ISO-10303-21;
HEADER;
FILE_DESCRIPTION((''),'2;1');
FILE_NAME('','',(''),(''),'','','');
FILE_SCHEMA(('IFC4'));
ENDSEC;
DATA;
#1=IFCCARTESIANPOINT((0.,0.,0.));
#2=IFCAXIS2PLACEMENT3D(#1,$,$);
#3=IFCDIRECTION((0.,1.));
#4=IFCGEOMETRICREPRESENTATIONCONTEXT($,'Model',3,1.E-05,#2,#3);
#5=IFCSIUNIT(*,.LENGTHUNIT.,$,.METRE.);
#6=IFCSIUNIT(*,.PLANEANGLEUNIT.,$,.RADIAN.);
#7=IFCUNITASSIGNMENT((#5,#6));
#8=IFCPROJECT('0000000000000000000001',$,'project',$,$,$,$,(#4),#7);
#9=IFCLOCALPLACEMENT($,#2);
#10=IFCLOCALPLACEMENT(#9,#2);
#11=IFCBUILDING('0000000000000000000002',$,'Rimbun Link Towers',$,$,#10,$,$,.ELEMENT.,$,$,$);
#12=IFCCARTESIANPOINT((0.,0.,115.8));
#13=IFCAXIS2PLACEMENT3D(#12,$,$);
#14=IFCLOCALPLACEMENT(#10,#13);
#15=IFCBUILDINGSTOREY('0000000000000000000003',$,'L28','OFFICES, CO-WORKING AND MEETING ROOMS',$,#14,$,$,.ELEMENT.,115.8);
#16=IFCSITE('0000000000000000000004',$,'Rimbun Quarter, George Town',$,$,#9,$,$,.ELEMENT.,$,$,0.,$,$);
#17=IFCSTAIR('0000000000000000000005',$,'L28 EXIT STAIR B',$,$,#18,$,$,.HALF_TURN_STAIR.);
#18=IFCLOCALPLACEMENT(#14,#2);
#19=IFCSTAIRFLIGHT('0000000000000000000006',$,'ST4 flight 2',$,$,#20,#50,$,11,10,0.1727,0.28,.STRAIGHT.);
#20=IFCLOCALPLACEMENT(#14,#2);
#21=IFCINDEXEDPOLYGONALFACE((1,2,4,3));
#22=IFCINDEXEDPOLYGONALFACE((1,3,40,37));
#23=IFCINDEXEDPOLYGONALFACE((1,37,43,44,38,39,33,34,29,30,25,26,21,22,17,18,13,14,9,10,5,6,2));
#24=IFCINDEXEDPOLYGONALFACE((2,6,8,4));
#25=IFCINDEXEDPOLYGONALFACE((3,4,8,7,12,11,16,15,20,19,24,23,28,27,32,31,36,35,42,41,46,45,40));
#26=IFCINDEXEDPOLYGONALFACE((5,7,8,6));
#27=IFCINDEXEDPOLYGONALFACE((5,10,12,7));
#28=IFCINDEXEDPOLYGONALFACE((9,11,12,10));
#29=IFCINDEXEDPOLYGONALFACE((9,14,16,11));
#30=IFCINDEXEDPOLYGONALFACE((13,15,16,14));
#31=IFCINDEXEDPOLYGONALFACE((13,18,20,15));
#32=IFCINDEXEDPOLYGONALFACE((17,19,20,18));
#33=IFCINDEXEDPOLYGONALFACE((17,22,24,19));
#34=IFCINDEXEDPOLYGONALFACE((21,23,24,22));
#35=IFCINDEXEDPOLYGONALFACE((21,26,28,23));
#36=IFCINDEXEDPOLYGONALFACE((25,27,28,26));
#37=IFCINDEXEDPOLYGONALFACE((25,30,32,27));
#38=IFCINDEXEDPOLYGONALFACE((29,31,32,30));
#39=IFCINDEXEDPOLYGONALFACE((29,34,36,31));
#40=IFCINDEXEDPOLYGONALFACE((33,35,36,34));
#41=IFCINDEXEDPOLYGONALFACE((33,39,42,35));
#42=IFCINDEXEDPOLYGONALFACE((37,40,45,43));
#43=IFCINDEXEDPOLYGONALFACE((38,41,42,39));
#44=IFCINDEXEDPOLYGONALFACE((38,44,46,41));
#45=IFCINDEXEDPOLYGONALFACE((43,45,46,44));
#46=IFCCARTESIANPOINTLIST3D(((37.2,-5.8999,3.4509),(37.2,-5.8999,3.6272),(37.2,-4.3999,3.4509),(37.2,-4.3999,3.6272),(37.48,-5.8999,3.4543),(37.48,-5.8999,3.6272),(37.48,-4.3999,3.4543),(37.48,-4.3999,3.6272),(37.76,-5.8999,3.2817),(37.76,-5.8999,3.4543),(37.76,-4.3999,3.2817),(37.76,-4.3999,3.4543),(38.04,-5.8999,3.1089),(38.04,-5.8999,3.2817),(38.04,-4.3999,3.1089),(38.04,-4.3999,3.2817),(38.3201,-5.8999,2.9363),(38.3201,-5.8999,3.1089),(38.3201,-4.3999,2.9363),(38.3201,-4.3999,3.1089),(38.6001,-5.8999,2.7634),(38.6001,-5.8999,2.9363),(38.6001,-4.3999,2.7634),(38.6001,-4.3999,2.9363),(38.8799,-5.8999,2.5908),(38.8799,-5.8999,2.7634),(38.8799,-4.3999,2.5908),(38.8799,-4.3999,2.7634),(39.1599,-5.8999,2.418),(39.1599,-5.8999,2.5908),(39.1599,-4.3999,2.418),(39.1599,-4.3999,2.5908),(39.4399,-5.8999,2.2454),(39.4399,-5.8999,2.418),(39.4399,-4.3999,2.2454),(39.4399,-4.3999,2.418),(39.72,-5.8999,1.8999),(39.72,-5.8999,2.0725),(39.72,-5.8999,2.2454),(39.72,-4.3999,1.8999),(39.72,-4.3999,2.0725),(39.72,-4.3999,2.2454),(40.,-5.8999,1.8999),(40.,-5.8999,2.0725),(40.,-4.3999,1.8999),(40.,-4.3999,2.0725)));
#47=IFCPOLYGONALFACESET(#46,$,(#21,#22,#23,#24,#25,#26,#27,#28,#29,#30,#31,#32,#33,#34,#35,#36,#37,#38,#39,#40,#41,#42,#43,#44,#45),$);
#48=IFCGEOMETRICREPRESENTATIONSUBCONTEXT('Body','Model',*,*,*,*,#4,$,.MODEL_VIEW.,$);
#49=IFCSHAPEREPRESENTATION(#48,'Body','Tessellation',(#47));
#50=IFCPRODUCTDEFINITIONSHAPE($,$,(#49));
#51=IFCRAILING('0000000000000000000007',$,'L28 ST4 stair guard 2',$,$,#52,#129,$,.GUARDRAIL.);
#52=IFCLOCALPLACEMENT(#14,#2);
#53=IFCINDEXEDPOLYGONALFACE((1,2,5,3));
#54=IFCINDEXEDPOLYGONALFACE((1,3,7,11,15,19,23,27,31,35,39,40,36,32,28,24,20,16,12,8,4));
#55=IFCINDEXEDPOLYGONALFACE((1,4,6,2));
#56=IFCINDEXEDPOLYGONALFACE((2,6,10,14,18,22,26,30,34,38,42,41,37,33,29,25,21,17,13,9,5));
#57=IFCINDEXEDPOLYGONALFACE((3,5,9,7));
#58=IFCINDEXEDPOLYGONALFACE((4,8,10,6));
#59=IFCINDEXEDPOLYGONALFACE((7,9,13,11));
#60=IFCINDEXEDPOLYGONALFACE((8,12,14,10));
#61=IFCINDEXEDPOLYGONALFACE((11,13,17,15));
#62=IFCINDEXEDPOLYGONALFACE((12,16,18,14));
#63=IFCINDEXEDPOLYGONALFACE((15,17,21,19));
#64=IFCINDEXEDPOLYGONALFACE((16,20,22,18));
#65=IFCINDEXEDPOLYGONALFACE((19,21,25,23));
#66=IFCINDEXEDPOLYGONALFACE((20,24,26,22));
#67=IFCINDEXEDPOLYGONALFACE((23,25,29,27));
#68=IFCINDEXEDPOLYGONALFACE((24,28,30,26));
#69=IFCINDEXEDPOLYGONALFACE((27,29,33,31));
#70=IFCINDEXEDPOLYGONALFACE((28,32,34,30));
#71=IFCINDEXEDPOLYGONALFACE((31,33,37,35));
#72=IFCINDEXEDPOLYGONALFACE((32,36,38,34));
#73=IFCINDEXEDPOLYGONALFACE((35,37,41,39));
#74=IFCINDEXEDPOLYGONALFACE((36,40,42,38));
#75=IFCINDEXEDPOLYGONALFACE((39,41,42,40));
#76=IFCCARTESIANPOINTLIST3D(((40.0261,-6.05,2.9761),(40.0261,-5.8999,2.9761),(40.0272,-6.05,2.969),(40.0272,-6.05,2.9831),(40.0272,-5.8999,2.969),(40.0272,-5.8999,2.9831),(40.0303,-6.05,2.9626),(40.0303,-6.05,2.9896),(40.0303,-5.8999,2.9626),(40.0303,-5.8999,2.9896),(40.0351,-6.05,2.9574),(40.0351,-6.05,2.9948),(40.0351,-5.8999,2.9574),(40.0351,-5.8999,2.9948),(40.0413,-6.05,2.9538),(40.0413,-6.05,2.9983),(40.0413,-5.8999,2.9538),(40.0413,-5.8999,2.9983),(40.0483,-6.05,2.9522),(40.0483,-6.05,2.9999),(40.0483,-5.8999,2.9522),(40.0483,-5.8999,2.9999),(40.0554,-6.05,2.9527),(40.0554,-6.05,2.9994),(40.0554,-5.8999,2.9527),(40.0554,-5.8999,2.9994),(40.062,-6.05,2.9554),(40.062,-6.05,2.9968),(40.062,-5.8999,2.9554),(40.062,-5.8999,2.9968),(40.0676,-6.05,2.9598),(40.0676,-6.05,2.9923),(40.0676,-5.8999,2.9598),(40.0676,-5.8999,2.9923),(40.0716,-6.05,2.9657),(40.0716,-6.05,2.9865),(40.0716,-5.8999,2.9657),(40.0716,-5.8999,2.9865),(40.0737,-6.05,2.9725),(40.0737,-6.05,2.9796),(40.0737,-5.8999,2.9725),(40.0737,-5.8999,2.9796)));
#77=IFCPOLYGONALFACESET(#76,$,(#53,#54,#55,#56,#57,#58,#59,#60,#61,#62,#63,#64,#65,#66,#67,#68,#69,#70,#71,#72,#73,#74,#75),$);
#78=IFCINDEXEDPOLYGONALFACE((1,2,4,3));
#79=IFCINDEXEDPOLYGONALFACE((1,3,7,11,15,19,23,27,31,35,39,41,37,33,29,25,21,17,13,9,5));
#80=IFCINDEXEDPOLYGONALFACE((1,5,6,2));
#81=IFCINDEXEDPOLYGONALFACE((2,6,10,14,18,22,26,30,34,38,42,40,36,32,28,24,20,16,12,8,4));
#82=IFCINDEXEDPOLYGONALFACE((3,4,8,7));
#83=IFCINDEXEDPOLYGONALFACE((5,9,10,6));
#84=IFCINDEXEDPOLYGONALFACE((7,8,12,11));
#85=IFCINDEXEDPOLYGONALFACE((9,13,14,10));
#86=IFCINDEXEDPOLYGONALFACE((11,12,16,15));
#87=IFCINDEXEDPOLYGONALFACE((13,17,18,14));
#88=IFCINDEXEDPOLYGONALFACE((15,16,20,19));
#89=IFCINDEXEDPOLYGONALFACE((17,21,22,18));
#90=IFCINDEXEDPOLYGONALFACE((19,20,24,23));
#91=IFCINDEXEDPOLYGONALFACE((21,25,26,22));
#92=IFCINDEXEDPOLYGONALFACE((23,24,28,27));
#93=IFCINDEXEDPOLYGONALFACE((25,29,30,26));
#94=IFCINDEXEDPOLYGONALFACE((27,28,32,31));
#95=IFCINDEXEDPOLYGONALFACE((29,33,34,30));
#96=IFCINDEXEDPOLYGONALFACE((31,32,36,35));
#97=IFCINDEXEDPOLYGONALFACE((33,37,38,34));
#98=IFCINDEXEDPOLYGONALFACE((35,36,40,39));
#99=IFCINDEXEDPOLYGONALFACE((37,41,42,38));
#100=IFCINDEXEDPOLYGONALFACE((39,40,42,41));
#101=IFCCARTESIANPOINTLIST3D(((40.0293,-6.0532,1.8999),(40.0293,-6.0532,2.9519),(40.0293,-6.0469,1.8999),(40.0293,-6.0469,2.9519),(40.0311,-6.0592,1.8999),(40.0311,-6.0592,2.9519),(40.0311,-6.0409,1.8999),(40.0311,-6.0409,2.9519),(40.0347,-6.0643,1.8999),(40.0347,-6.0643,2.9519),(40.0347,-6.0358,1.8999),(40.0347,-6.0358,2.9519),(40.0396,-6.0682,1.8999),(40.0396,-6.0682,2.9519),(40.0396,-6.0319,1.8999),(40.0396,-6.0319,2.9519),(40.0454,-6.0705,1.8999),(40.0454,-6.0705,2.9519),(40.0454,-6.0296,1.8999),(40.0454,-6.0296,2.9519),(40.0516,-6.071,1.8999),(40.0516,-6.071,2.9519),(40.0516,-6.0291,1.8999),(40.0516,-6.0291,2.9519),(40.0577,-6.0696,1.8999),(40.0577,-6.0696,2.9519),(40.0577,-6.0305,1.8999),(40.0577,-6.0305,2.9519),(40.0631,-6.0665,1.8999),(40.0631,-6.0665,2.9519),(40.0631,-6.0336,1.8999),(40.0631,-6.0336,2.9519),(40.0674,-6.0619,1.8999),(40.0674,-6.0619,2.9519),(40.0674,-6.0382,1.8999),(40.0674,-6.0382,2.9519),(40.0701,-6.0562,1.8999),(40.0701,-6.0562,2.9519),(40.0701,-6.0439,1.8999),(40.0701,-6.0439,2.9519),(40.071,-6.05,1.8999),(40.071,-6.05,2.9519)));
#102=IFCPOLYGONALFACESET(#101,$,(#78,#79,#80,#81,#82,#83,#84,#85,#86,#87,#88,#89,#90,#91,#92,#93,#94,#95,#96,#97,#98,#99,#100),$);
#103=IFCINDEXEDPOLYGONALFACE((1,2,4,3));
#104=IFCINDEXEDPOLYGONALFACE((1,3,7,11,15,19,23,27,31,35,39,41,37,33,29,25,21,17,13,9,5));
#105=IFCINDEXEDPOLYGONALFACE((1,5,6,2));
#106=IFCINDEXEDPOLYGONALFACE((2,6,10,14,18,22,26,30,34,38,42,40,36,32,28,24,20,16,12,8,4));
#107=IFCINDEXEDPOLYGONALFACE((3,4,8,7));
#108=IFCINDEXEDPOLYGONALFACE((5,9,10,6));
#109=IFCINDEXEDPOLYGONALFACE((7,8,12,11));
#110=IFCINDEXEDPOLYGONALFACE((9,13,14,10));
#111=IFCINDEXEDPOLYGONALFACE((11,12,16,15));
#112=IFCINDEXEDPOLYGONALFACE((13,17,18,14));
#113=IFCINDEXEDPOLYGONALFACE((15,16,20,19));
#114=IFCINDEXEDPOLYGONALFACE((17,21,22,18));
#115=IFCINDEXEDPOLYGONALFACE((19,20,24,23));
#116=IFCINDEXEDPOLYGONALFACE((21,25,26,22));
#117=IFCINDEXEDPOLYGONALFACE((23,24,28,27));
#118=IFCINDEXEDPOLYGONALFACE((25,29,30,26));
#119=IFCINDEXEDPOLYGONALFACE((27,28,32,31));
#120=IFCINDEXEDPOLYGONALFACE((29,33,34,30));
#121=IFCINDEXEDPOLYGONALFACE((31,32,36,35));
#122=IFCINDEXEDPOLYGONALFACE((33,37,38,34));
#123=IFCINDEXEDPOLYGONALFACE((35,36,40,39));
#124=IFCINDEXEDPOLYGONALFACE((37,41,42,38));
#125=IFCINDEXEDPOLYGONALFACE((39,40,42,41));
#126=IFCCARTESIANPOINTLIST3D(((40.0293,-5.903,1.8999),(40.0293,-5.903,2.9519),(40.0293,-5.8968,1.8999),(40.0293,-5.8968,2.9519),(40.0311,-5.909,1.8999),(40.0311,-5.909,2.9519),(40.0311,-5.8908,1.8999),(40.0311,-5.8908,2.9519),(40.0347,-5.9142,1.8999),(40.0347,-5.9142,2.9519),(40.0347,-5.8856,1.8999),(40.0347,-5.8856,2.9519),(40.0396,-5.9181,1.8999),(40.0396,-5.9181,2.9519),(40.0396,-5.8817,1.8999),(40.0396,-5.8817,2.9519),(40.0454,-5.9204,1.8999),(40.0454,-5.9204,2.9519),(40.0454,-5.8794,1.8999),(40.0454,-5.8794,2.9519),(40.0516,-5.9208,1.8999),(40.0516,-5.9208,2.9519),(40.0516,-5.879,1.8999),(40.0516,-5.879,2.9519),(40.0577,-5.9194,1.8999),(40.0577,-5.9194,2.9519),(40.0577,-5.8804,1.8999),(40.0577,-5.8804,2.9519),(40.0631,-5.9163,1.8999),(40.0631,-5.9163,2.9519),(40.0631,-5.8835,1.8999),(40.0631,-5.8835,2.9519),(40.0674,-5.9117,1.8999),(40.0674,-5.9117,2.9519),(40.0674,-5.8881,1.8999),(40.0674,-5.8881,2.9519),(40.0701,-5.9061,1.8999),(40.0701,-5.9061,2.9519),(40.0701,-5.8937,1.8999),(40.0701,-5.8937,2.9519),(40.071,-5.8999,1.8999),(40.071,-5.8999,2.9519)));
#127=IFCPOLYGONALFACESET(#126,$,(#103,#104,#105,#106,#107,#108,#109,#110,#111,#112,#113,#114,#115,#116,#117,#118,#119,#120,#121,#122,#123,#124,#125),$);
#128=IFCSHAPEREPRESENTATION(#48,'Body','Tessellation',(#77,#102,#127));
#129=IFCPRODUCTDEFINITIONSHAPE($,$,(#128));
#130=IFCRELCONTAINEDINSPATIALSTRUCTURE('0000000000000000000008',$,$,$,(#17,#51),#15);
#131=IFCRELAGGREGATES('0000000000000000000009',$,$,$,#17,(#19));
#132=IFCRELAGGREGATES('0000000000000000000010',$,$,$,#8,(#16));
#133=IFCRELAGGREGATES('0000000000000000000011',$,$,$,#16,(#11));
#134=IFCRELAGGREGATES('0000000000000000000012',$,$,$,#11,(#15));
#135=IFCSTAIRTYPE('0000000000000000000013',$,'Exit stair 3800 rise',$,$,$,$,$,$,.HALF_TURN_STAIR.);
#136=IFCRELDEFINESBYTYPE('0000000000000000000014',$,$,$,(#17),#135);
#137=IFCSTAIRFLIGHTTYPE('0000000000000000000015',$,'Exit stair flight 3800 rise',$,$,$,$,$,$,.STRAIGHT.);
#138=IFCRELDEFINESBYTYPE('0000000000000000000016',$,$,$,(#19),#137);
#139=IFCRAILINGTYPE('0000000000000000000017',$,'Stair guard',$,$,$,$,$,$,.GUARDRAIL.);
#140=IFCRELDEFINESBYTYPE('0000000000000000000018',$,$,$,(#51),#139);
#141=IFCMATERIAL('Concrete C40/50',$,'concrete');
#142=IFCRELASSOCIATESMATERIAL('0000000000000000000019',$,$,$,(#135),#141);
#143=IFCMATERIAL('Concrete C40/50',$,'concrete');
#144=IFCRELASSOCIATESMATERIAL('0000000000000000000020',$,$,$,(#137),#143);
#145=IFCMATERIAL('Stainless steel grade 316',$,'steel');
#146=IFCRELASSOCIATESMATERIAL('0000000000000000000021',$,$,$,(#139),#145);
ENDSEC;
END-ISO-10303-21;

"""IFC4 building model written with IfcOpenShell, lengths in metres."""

from ifc_helpers import new_model, si_unit, direction, frame, origin, origin_2d, place, context, subcontext, project, spatial, polyline, circle, outline, extrude, material, type_object, element, aggregate, save


model = new_model("IFC4")

# Units and contexts
model_context = context("Model", 3, precision=1e-05, world=origin(), true_north=direction((0.0, 1.0)))
body_context = subcontext(model_context, "Body", "Model", "MODEL_VIEW")
ifc_project = project(units=[si_unit("LENGTHUNIT", "METRE"), si_unit("PLANEANGLEUNIT", "RADIAN")], contexts=[model_context])

# Site, building, storey
site_placement = place(None, origin())
site = spatial("IfcSite", under=ifc_project, at=site_placement, Name="Rimbun Quarter, George Town", CompositionType="ELEMENT", RefElevation=0.0)
building_placement = place(site_placement, origin())
building = spatial("IfcBuilding", under=site, at=building_placement, Name="Rimbun Link Towers", CompositionType="ELEMENT")
storey_placement = place(building_placement, frame((0.0, 0.0, 115.8)))
storey = spatial("IfcBuildingStorey", under=building, at=storey_placement, Name="L28", Description="OFFICES, CO-WORKING AND MEETING ROOMS", CompositionType="ELEMENT", Elevation=115.8)

# Stair, stair flight
ifc_material_1 = material(Name="Concrete C40/50", Category="concrete")
stair_type = type_object("IfcStairType", Name="Exit stair 3800 rise", PredefinedType="HALF_TURN_STAIR", material=ifc_material_1)
stair_placement = place(storey_placement, origin())
stair = element("IfcStair", 1, at=stair_placement, inside=storey, type_object=stair_type, Name="L28 EXIT STAIR B", PredefinedType="HALF_TURN_STAIR")
ifc_material_2 = material(Name="Concrete C40/50", Category="concrete")
stair_flight_type = type_object("IfcStairFlightType", Name="Exit stair flight 3800 rise", PredefinedType="STRAIGHT", material=ifc_material_2)
stair_flight_placement = place(storey_placement, frame((40.0, -5.1499, 1.8999), z_axis=(0.0, 0.0, 1.0), x_axis=(-1.0, 0.0, 0.0)))
stair_flight = element("IfcStairFlight", 2, at=stair_flight_placement, type_object=stair_flight_type, Name="ST4 flight 2", NumberOfRisers=11, NumberOfTreads=10, PredefinedType="STRAIGHT", RiserHeight=0.1727, TreadLength=0.28, context=body_context, shape_type="SweptSolid", body=[
    extrude(outline(polyline([(0.0, 0.0), (0.0, 0.1726), (0.28, 0.1726), (0.28, 0.3455), (0.5601, 0.3455), (0.5601, 0.5181), (0.8401, 0.5181), (0.8401, 0.6909), (1.1201, 0.6909), (1.1201, 0.8635), (1.3999, 0.8635), (1.3999, 1.0364), (1.6799, 1.0364), (1.6799, 1.209), (1.96, 1.209), (1.96, 1.3818), (2.24, 1.3818), (2.24, 1.5544), (2.52, 1.5544), (2.52, 1.7273), (2.8, 1.7273), (2.8, 1.8999), (2.8, 1.551), (0.28, 0.0), (0.0, 0.0)])), frame((0.0, 0.75, 0.0), z_axis=(0.0, -1.0, 0.0), x_axis=(1.0, 0.0, 0.0)), (0.0, 0.0, 1.0), 1.5),
])
aggregate(stair, [stair_flight])

# Railing
ifc_material_3 = material(Name="Stainless steel grade 316", Category="steel")
railing_type_1 = type_object("IfcRailingType", Name="Stair guard", PredefinedType="GUARDRAIL", material=ifc_material_3)
railing_1_placement = place(storey_placement, frame((40.05, -6.05, 1.8999)))
element("IfcRailing", 3, at=railing_1_placement, inside=storey, type_object=railing_type_1, Name="L28 ST4 stair guard 2", PredefinedType="GUARDRAIL", context=body_context, shape_type="SweptSolid", body=[
    extrude(circle(Radius=0.0239, at=origin_2d()), frame((0.0, 0.0, 1.0762), z_axis=(0.0, 1.0, 0.0), x_axis=(-1.0, 0.0, 0.0)), (0.0, 0.0, 1.0), 0.1501),
    extrude(circle(Radius=0.021, at=origin_2d()), origin(), (0.0, 0.0, 1.0), 1.052),
    extrude(circle(Radius=0.021, at=origin_2d()), frame((0.0, 0.1501, 0.0)), (0.0, 0.0, 1.0), 1.052),
])

save(model, "model.ifc")
